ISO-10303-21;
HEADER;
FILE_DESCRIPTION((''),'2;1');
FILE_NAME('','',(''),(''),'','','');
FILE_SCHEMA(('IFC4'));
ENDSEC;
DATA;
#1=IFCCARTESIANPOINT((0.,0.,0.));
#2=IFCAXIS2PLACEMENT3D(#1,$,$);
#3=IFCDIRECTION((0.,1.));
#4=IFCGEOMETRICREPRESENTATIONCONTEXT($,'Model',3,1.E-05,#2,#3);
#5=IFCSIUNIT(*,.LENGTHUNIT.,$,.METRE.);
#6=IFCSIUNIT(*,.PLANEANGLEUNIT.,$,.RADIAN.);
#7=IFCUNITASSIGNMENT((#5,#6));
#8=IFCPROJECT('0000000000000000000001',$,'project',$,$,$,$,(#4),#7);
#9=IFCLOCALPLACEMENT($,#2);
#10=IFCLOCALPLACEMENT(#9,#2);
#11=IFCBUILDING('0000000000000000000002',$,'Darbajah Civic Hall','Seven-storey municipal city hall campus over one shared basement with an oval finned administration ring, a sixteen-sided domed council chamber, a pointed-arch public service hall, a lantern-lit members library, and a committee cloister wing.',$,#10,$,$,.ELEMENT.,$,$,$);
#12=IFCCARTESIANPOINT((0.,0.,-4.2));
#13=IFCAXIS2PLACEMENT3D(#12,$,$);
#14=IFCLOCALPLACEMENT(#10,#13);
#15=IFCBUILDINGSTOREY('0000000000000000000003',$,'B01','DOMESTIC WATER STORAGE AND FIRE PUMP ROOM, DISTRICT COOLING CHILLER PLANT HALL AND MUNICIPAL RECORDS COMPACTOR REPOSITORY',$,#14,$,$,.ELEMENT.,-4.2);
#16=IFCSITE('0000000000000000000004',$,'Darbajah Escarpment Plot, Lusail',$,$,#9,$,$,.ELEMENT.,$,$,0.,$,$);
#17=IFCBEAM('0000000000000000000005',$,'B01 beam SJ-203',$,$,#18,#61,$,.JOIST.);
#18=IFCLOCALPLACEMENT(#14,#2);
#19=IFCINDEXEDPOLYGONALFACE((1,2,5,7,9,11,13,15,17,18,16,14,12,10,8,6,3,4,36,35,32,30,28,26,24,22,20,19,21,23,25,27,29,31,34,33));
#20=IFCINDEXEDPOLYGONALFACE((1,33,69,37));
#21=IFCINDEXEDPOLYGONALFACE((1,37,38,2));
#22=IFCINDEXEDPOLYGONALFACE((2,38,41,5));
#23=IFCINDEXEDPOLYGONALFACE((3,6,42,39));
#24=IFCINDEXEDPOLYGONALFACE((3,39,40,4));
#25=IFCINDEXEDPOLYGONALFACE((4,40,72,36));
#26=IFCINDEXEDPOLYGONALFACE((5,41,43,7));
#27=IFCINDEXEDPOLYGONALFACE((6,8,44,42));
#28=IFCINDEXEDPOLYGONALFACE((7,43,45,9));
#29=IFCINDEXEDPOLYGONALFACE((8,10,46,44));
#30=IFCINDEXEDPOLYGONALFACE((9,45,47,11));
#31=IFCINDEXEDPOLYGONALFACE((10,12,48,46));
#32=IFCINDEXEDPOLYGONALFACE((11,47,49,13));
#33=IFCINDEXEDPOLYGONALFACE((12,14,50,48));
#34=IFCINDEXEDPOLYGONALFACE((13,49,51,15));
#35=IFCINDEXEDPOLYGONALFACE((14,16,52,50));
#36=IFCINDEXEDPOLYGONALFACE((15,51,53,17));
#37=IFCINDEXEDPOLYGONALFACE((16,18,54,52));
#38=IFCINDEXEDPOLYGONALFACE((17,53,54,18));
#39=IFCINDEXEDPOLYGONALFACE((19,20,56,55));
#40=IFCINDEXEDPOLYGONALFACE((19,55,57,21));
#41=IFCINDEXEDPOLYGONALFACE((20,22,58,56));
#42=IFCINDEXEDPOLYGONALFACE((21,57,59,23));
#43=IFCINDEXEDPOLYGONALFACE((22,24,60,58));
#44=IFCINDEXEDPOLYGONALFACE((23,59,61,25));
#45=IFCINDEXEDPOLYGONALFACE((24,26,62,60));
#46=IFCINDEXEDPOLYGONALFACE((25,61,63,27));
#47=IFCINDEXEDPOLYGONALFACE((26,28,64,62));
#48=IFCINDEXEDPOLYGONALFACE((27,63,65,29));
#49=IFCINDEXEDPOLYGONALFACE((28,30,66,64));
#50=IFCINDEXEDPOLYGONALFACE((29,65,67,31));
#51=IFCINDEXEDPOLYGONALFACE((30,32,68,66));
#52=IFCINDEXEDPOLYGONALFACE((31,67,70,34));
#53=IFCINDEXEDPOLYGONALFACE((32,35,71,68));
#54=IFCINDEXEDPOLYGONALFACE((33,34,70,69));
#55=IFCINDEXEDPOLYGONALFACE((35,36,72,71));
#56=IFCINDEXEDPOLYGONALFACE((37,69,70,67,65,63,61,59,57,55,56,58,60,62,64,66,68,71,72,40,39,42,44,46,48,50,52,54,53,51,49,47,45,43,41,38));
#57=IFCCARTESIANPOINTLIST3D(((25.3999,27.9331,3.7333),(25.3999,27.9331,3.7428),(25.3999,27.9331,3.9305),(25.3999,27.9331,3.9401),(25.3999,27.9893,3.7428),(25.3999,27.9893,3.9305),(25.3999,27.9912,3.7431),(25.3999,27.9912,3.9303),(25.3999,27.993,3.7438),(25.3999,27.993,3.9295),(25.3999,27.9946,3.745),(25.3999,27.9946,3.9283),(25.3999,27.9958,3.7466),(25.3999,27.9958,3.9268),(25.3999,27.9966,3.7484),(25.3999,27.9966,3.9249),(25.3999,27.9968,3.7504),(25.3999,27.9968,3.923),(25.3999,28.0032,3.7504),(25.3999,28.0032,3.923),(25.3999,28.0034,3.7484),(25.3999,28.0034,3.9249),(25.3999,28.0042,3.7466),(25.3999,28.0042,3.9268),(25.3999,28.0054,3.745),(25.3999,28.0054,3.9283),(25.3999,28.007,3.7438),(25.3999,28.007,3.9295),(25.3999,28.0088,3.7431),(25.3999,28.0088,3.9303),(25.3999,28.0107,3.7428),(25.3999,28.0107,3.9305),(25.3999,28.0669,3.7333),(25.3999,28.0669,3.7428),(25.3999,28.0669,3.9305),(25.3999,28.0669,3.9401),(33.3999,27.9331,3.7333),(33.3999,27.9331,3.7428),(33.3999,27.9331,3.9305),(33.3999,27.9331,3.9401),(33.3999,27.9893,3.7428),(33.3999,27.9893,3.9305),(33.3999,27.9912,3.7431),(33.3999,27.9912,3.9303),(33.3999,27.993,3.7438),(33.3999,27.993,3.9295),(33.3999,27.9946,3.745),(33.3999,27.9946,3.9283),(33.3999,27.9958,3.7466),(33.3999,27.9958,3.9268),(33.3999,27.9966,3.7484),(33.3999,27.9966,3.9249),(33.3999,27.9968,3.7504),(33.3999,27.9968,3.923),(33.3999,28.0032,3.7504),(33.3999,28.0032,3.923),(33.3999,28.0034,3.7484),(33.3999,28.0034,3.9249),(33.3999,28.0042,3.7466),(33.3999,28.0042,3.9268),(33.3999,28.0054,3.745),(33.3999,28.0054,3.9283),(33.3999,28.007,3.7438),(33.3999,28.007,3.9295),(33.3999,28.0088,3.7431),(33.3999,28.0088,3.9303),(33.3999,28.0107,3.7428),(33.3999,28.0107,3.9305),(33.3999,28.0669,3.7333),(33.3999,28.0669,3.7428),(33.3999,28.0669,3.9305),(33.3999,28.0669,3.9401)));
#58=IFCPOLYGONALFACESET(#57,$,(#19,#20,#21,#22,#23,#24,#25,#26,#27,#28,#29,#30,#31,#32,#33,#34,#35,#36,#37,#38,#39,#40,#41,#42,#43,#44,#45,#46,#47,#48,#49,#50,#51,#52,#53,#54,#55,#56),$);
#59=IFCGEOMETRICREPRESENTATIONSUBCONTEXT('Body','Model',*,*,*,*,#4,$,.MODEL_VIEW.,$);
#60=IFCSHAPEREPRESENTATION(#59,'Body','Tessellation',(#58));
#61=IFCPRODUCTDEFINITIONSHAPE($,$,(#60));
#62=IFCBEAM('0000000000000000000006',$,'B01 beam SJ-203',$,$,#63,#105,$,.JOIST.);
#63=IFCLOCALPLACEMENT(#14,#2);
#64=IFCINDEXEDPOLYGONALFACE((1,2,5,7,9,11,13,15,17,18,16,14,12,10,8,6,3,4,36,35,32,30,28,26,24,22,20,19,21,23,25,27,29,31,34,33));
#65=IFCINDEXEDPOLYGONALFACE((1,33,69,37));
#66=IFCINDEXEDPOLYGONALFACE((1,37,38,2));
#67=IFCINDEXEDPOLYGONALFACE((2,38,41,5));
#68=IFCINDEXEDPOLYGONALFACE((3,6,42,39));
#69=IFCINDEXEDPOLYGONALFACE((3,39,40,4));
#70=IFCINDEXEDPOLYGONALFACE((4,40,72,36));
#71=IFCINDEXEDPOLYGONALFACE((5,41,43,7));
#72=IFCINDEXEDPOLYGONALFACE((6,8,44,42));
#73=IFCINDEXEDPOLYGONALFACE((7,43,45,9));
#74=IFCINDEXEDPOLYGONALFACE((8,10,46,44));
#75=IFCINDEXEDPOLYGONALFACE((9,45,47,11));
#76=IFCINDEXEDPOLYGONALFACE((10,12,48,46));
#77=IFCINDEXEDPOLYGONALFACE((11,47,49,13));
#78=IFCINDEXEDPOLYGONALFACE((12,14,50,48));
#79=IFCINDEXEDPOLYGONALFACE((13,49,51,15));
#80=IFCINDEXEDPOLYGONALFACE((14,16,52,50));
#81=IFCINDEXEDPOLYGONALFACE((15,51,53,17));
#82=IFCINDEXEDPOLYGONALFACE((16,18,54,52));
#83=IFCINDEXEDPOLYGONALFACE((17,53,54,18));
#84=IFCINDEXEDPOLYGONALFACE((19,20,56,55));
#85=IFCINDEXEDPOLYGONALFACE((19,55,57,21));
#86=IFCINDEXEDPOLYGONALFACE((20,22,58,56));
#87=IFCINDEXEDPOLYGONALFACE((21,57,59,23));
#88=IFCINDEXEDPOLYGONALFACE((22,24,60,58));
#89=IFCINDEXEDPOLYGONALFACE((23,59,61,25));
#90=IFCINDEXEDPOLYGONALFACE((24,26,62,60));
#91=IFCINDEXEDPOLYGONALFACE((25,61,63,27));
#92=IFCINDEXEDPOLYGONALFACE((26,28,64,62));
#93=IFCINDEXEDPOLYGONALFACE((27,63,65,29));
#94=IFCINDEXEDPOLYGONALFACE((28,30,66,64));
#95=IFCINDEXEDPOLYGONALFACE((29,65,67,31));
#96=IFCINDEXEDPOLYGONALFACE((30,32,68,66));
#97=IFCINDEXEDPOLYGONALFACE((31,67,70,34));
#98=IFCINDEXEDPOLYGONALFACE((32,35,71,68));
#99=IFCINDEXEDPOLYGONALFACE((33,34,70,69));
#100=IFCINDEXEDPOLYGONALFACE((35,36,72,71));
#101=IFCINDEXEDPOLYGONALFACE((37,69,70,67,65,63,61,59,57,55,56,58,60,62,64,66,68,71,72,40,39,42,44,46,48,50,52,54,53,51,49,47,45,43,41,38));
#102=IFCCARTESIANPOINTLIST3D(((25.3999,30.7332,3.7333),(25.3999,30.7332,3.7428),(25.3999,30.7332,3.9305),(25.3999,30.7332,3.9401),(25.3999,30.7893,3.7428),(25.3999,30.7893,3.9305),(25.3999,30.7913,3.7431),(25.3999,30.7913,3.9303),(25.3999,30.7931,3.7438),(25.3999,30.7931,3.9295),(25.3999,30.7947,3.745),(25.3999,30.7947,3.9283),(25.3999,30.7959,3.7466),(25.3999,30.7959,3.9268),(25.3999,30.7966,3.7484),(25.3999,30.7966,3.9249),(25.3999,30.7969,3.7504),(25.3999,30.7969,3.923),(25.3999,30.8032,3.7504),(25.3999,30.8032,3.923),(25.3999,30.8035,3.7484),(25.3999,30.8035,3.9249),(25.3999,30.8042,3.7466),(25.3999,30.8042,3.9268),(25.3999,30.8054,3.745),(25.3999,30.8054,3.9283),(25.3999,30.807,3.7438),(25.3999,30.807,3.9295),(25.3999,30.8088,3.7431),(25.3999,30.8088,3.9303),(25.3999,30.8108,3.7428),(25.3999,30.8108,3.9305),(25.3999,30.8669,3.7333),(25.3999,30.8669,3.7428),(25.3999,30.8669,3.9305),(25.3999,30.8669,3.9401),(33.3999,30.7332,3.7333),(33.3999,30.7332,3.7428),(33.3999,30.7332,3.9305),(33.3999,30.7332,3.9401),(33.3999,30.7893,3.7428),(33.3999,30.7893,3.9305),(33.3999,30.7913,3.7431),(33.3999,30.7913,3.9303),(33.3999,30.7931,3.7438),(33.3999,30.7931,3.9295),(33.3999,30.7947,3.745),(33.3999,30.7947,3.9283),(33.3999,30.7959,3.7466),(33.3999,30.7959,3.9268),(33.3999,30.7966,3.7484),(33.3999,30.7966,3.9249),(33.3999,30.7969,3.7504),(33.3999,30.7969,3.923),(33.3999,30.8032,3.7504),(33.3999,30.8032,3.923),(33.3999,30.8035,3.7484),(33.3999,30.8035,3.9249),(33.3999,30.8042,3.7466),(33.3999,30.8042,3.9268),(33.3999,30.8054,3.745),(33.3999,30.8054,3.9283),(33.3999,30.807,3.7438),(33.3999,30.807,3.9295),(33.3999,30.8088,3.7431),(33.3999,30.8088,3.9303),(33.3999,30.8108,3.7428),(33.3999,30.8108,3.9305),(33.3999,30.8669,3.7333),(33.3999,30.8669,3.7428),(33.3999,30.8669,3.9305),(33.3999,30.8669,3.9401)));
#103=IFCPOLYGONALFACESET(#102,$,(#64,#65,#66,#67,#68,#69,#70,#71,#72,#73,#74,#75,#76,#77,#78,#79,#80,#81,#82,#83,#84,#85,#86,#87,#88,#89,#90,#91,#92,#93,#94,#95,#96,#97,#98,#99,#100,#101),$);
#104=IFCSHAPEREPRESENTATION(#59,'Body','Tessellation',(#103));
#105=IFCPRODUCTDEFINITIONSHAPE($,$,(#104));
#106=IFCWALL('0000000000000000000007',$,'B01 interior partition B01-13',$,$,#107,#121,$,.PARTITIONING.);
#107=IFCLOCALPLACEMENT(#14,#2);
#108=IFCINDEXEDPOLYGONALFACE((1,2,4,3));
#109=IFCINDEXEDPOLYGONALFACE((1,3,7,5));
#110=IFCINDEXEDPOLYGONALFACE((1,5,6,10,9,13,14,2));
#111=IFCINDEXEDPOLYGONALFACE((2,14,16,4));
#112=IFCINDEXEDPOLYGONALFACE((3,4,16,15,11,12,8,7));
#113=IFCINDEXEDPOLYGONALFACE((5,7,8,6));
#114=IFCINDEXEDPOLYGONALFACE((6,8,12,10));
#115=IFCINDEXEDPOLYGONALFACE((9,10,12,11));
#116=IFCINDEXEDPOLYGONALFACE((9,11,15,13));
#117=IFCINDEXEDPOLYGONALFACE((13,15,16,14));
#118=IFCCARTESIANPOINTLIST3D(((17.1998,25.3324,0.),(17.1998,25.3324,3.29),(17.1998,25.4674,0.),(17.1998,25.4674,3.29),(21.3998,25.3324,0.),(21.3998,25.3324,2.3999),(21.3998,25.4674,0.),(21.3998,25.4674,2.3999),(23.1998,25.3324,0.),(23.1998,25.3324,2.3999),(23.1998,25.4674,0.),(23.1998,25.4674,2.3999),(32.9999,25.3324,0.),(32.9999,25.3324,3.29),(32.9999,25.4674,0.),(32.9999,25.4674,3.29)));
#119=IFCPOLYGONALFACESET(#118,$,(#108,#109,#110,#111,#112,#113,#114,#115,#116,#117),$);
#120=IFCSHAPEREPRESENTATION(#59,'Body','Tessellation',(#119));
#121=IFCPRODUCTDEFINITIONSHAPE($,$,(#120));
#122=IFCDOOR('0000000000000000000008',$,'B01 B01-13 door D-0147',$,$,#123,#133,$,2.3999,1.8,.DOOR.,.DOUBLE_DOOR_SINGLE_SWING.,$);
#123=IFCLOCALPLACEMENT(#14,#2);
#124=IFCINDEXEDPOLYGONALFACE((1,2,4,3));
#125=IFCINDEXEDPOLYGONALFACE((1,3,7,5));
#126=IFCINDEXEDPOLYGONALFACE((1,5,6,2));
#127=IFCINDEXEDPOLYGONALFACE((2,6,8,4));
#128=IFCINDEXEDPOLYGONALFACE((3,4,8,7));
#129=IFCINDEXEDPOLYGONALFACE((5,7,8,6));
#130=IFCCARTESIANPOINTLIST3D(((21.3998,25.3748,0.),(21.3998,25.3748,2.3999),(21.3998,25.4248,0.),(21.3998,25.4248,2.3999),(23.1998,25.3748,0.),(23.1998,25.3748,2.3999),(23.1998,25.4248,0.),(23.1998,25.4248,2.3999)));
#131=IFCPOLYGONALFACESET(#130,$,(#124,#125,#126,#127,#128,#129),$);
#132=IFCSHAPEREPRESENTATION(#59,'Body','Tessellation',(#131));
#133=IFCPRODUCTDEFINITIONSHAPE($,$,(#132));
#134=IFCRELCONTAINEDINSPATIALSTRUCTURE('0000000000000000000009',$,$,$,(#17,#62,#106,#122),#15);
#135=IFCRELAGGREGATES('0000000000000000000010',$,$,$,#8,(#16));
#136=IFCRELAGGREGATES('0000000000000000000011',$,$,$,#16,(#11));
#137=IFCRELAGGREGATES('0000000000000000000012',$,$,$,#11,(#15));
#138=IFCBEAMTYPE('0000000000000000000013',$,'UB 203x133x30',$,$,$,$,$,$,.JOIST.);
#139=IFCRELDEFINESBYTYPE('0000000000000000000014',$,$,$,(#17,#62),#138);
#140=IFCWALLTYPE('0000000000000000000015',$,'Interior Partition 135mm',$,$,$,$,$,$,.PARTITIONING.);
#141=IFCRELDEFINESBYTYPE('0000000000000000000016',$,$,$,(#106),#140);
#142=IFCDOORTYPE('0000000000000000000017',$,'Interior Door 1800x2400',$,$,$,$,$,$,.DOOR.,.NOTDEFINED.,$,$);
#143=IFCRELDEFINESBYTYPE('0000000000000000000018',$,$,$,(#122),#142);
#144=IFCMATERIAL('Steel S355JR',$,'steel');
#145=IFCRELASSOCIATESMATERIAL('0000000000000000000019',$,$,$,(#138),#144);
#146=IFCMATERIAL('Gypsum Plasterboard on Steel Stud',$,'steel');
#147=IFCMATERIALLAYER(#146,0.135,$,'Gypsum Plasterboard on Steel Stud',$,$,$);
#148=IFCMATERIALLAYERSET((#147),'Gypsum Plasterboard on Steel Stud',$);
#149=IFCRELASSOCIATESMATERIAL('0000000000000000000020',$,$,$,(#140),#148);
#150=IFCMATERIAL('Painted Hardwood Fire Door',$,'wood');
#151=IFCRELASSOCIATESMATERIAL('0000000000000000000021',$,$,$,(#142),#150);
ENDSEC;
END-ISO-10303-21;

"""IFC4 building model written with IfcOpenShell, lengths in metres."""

from ifc_helpers import new_model, si_unit, direction, frame, frame_2d, origin, origin_2d, place, context, subcontext, project, spatial, rectangle, i_section, extrude, material, layer, layer_set, material_profile, profile_set, type_object, element, fill, save


model = new_model("IFC4")

# Units and contexts
model_context = context("Model", 3, precision=1e-05, world=origin(), true_north=direction((0.0, 1.0)))
body_context = subcontext(model_context, "Body", "Model", "MODEL_VIEW")
ifc_project = project(units=[si_unit("LENGTHUNIT", "METRE"), si_unit("PLANEANGLEUNIT", "RADIAN")], contexts=[model_context])

# Site, building, storey
site_placement = place(None, origin())
site = spatial("IfcSite", under=ifc_project, at=site_placement, Name="Darbajah Escarpment Plot, Lusail", CompositionType="ELEMENT", RefElevation=0.0)
building_placement = place(site_placement, origin())
building = spatial("IfcBuilding", under=site, at=building_placement, Name="Darbajah Civic Hall", Description="Seven-storey municipal city hall campus over one shared basement with an oval finned administration ring, a sixteen-sided domed council chamber, a pointed-arch public service hall, a lantern-lit members library, and a committee cloister wing.", CompositionType="ELEMENT")
storey_placement = place(building_placement, frame((0.0, 0.0, -4.2)))
storey = spatial("IfcBuildingStorey", under=building, at=storey_placement, Name="B01", Description="DOMESTIC WATER STORAGE AND FIRE PUMP ROOM, DISTRICT COOLING CHILLER PLANT HALL AND MUNICIPAL RECORDS COMPACTOR REPOSITORY", CompositionType="ELEMENT", Elevation=-4.2)

# Beams
ifc_material_1 = material(Name="Steel S355JR", Category="steel")
ifc_material_profile_1 = material_profile(ifc_material_1, i_section(OverallWidth=0.1338, OverallDepth=0.2068, WebThickness=0.0063, FlangeThickness=0.0095, FilletRadius=0.0076, at=origin_2d()), Name="UB 203x133x30")
ifc_profile_set_1 = profile_set([ifc_material_profile_1], Name="Steel S355JR")
beam_type_1 = type_object("IfcBeamType", Name="UB 203x133x30", PredefinedType="JOIST", material=ifc_profile_set_1)
for number, where, z_axis, x_axis, name in (
    (1, (25.3999, 28.0, 3.8367), (1.0, 0.0, 0.0), (0.0, 1.0, 0.0), "B01 beam SJ-203"),
    (2, (25.3999, 30.8, 3.8367), (1.0, 0.0, 0.0), (0.0, 1.0, 0.0), "B01 beam SJ-203"),
):
    element("IfcBeam", number, at=place(storey_placement, frame(where, z_axis=z_axis, x_axis=x_axis)), inside=storey, type_object=beam_type_1, Name=name, PredefinedType="JOIST", context=body_context, shape_type="SweptSolid", body=[
        extrude(i_section(OverallWidth=0.1338, OverallDepth=0.2068, WebThickness=0.0063, FlangeThickness=0.0095, FilletRadius=0.0076, at=origin_2d()), origin(), (0.0, 0.0, 1.0), 8.0),
    ])

# Wall, opening, door
ifc_material_2 = material(Name="Gypsum Plasterboard on Steel Stud", Category="steel")
ifc_layer = layer(ifc_material_2, 0.135, Name="Gypsum Plasterboard on Steel Stud")
ifc_layer_set = layer_set([ifc_layer], Name="Gypsum Plasterboard on Steel Stud")
wall_type = type_object("IfcWallType", Name="Interior Partition 135mm", PredefinedType="PARTITIONING", material=ifc_layer_set)
wall_placement = place(storey_placement, frame((17.2, 25.3999, 0.0), z_axis=(0.0, 0.0, 1.0), x_axis=(1.0, 0.0, 0.0)))
wall = element("IfcWall", 3, at=wall_placement, inside=storey, type_object=wall_type, Name="B01 interior partition B01-13", PredefinedType="PARTITIONING", context=body_context, shape_type="SweptSolid", body=[
    extrude(rectangle(XDim=15.8, YDim=0.135, at=frame_2d((7.8999, 0.0))), origin(), (0.0, 0.0, 1.0), 3.29),
])
opening_placement = place(wall_placement, frame((4.2, 0.0, 0.0)))
opening = element("IfcOpeningElement", 4, at=opening_placement, cuts=wall, PredefinedType="OPENING", context=body_context, shape_type="SweptSolid", body=[
    extrude(rectangle(XDim=1.8, YDim=2.3999, at=frame_2d((0.8999, 1.2))), frame((0.0, 0.0774, 0.0), z_axis=(0.0, -1.0, 0.0), x_axis=(1.0, 0.0, 0.0)), (0.0, 0.0, 1.0), 0.155),
])
ifc_material_3 = material(Name="Painted Hardwood Fire Door", Category="wood")
door_type = type_object("IfcDoorType", Name="Interior Door 1800x2400", OperationType="NOTDEFINED", PredefinedType="DOOR", material=ifc_material_3)
door_placement = place(opening_placement, origin())
door = element("IfcDoor", 5, at=door_placement, inside=storey, type_object=door_type, Name="B01 B01-13 door D-0147", OperationType="DOUBLE_DOOR_SINGLE_SWING", OverallHeight=2.3999, OverallWidth=1.8, PredefinedType="DOOR", context=body_context, shape_type="SweptSolid", body=[
    extrude(rectangle(XDim=1.8, YDim=2.3999, at=frame_2d((0.8999, 1.2))), frame((0.0, 0.0249, 0.0), z_axis=(0.0, -1.0, 0.0), x_axis=(1.0, 0.0, 0.0)), (0.0, 0.0, 1.0), 0.05),
])
fill(opening, door)

save(model, "model.ifc")
